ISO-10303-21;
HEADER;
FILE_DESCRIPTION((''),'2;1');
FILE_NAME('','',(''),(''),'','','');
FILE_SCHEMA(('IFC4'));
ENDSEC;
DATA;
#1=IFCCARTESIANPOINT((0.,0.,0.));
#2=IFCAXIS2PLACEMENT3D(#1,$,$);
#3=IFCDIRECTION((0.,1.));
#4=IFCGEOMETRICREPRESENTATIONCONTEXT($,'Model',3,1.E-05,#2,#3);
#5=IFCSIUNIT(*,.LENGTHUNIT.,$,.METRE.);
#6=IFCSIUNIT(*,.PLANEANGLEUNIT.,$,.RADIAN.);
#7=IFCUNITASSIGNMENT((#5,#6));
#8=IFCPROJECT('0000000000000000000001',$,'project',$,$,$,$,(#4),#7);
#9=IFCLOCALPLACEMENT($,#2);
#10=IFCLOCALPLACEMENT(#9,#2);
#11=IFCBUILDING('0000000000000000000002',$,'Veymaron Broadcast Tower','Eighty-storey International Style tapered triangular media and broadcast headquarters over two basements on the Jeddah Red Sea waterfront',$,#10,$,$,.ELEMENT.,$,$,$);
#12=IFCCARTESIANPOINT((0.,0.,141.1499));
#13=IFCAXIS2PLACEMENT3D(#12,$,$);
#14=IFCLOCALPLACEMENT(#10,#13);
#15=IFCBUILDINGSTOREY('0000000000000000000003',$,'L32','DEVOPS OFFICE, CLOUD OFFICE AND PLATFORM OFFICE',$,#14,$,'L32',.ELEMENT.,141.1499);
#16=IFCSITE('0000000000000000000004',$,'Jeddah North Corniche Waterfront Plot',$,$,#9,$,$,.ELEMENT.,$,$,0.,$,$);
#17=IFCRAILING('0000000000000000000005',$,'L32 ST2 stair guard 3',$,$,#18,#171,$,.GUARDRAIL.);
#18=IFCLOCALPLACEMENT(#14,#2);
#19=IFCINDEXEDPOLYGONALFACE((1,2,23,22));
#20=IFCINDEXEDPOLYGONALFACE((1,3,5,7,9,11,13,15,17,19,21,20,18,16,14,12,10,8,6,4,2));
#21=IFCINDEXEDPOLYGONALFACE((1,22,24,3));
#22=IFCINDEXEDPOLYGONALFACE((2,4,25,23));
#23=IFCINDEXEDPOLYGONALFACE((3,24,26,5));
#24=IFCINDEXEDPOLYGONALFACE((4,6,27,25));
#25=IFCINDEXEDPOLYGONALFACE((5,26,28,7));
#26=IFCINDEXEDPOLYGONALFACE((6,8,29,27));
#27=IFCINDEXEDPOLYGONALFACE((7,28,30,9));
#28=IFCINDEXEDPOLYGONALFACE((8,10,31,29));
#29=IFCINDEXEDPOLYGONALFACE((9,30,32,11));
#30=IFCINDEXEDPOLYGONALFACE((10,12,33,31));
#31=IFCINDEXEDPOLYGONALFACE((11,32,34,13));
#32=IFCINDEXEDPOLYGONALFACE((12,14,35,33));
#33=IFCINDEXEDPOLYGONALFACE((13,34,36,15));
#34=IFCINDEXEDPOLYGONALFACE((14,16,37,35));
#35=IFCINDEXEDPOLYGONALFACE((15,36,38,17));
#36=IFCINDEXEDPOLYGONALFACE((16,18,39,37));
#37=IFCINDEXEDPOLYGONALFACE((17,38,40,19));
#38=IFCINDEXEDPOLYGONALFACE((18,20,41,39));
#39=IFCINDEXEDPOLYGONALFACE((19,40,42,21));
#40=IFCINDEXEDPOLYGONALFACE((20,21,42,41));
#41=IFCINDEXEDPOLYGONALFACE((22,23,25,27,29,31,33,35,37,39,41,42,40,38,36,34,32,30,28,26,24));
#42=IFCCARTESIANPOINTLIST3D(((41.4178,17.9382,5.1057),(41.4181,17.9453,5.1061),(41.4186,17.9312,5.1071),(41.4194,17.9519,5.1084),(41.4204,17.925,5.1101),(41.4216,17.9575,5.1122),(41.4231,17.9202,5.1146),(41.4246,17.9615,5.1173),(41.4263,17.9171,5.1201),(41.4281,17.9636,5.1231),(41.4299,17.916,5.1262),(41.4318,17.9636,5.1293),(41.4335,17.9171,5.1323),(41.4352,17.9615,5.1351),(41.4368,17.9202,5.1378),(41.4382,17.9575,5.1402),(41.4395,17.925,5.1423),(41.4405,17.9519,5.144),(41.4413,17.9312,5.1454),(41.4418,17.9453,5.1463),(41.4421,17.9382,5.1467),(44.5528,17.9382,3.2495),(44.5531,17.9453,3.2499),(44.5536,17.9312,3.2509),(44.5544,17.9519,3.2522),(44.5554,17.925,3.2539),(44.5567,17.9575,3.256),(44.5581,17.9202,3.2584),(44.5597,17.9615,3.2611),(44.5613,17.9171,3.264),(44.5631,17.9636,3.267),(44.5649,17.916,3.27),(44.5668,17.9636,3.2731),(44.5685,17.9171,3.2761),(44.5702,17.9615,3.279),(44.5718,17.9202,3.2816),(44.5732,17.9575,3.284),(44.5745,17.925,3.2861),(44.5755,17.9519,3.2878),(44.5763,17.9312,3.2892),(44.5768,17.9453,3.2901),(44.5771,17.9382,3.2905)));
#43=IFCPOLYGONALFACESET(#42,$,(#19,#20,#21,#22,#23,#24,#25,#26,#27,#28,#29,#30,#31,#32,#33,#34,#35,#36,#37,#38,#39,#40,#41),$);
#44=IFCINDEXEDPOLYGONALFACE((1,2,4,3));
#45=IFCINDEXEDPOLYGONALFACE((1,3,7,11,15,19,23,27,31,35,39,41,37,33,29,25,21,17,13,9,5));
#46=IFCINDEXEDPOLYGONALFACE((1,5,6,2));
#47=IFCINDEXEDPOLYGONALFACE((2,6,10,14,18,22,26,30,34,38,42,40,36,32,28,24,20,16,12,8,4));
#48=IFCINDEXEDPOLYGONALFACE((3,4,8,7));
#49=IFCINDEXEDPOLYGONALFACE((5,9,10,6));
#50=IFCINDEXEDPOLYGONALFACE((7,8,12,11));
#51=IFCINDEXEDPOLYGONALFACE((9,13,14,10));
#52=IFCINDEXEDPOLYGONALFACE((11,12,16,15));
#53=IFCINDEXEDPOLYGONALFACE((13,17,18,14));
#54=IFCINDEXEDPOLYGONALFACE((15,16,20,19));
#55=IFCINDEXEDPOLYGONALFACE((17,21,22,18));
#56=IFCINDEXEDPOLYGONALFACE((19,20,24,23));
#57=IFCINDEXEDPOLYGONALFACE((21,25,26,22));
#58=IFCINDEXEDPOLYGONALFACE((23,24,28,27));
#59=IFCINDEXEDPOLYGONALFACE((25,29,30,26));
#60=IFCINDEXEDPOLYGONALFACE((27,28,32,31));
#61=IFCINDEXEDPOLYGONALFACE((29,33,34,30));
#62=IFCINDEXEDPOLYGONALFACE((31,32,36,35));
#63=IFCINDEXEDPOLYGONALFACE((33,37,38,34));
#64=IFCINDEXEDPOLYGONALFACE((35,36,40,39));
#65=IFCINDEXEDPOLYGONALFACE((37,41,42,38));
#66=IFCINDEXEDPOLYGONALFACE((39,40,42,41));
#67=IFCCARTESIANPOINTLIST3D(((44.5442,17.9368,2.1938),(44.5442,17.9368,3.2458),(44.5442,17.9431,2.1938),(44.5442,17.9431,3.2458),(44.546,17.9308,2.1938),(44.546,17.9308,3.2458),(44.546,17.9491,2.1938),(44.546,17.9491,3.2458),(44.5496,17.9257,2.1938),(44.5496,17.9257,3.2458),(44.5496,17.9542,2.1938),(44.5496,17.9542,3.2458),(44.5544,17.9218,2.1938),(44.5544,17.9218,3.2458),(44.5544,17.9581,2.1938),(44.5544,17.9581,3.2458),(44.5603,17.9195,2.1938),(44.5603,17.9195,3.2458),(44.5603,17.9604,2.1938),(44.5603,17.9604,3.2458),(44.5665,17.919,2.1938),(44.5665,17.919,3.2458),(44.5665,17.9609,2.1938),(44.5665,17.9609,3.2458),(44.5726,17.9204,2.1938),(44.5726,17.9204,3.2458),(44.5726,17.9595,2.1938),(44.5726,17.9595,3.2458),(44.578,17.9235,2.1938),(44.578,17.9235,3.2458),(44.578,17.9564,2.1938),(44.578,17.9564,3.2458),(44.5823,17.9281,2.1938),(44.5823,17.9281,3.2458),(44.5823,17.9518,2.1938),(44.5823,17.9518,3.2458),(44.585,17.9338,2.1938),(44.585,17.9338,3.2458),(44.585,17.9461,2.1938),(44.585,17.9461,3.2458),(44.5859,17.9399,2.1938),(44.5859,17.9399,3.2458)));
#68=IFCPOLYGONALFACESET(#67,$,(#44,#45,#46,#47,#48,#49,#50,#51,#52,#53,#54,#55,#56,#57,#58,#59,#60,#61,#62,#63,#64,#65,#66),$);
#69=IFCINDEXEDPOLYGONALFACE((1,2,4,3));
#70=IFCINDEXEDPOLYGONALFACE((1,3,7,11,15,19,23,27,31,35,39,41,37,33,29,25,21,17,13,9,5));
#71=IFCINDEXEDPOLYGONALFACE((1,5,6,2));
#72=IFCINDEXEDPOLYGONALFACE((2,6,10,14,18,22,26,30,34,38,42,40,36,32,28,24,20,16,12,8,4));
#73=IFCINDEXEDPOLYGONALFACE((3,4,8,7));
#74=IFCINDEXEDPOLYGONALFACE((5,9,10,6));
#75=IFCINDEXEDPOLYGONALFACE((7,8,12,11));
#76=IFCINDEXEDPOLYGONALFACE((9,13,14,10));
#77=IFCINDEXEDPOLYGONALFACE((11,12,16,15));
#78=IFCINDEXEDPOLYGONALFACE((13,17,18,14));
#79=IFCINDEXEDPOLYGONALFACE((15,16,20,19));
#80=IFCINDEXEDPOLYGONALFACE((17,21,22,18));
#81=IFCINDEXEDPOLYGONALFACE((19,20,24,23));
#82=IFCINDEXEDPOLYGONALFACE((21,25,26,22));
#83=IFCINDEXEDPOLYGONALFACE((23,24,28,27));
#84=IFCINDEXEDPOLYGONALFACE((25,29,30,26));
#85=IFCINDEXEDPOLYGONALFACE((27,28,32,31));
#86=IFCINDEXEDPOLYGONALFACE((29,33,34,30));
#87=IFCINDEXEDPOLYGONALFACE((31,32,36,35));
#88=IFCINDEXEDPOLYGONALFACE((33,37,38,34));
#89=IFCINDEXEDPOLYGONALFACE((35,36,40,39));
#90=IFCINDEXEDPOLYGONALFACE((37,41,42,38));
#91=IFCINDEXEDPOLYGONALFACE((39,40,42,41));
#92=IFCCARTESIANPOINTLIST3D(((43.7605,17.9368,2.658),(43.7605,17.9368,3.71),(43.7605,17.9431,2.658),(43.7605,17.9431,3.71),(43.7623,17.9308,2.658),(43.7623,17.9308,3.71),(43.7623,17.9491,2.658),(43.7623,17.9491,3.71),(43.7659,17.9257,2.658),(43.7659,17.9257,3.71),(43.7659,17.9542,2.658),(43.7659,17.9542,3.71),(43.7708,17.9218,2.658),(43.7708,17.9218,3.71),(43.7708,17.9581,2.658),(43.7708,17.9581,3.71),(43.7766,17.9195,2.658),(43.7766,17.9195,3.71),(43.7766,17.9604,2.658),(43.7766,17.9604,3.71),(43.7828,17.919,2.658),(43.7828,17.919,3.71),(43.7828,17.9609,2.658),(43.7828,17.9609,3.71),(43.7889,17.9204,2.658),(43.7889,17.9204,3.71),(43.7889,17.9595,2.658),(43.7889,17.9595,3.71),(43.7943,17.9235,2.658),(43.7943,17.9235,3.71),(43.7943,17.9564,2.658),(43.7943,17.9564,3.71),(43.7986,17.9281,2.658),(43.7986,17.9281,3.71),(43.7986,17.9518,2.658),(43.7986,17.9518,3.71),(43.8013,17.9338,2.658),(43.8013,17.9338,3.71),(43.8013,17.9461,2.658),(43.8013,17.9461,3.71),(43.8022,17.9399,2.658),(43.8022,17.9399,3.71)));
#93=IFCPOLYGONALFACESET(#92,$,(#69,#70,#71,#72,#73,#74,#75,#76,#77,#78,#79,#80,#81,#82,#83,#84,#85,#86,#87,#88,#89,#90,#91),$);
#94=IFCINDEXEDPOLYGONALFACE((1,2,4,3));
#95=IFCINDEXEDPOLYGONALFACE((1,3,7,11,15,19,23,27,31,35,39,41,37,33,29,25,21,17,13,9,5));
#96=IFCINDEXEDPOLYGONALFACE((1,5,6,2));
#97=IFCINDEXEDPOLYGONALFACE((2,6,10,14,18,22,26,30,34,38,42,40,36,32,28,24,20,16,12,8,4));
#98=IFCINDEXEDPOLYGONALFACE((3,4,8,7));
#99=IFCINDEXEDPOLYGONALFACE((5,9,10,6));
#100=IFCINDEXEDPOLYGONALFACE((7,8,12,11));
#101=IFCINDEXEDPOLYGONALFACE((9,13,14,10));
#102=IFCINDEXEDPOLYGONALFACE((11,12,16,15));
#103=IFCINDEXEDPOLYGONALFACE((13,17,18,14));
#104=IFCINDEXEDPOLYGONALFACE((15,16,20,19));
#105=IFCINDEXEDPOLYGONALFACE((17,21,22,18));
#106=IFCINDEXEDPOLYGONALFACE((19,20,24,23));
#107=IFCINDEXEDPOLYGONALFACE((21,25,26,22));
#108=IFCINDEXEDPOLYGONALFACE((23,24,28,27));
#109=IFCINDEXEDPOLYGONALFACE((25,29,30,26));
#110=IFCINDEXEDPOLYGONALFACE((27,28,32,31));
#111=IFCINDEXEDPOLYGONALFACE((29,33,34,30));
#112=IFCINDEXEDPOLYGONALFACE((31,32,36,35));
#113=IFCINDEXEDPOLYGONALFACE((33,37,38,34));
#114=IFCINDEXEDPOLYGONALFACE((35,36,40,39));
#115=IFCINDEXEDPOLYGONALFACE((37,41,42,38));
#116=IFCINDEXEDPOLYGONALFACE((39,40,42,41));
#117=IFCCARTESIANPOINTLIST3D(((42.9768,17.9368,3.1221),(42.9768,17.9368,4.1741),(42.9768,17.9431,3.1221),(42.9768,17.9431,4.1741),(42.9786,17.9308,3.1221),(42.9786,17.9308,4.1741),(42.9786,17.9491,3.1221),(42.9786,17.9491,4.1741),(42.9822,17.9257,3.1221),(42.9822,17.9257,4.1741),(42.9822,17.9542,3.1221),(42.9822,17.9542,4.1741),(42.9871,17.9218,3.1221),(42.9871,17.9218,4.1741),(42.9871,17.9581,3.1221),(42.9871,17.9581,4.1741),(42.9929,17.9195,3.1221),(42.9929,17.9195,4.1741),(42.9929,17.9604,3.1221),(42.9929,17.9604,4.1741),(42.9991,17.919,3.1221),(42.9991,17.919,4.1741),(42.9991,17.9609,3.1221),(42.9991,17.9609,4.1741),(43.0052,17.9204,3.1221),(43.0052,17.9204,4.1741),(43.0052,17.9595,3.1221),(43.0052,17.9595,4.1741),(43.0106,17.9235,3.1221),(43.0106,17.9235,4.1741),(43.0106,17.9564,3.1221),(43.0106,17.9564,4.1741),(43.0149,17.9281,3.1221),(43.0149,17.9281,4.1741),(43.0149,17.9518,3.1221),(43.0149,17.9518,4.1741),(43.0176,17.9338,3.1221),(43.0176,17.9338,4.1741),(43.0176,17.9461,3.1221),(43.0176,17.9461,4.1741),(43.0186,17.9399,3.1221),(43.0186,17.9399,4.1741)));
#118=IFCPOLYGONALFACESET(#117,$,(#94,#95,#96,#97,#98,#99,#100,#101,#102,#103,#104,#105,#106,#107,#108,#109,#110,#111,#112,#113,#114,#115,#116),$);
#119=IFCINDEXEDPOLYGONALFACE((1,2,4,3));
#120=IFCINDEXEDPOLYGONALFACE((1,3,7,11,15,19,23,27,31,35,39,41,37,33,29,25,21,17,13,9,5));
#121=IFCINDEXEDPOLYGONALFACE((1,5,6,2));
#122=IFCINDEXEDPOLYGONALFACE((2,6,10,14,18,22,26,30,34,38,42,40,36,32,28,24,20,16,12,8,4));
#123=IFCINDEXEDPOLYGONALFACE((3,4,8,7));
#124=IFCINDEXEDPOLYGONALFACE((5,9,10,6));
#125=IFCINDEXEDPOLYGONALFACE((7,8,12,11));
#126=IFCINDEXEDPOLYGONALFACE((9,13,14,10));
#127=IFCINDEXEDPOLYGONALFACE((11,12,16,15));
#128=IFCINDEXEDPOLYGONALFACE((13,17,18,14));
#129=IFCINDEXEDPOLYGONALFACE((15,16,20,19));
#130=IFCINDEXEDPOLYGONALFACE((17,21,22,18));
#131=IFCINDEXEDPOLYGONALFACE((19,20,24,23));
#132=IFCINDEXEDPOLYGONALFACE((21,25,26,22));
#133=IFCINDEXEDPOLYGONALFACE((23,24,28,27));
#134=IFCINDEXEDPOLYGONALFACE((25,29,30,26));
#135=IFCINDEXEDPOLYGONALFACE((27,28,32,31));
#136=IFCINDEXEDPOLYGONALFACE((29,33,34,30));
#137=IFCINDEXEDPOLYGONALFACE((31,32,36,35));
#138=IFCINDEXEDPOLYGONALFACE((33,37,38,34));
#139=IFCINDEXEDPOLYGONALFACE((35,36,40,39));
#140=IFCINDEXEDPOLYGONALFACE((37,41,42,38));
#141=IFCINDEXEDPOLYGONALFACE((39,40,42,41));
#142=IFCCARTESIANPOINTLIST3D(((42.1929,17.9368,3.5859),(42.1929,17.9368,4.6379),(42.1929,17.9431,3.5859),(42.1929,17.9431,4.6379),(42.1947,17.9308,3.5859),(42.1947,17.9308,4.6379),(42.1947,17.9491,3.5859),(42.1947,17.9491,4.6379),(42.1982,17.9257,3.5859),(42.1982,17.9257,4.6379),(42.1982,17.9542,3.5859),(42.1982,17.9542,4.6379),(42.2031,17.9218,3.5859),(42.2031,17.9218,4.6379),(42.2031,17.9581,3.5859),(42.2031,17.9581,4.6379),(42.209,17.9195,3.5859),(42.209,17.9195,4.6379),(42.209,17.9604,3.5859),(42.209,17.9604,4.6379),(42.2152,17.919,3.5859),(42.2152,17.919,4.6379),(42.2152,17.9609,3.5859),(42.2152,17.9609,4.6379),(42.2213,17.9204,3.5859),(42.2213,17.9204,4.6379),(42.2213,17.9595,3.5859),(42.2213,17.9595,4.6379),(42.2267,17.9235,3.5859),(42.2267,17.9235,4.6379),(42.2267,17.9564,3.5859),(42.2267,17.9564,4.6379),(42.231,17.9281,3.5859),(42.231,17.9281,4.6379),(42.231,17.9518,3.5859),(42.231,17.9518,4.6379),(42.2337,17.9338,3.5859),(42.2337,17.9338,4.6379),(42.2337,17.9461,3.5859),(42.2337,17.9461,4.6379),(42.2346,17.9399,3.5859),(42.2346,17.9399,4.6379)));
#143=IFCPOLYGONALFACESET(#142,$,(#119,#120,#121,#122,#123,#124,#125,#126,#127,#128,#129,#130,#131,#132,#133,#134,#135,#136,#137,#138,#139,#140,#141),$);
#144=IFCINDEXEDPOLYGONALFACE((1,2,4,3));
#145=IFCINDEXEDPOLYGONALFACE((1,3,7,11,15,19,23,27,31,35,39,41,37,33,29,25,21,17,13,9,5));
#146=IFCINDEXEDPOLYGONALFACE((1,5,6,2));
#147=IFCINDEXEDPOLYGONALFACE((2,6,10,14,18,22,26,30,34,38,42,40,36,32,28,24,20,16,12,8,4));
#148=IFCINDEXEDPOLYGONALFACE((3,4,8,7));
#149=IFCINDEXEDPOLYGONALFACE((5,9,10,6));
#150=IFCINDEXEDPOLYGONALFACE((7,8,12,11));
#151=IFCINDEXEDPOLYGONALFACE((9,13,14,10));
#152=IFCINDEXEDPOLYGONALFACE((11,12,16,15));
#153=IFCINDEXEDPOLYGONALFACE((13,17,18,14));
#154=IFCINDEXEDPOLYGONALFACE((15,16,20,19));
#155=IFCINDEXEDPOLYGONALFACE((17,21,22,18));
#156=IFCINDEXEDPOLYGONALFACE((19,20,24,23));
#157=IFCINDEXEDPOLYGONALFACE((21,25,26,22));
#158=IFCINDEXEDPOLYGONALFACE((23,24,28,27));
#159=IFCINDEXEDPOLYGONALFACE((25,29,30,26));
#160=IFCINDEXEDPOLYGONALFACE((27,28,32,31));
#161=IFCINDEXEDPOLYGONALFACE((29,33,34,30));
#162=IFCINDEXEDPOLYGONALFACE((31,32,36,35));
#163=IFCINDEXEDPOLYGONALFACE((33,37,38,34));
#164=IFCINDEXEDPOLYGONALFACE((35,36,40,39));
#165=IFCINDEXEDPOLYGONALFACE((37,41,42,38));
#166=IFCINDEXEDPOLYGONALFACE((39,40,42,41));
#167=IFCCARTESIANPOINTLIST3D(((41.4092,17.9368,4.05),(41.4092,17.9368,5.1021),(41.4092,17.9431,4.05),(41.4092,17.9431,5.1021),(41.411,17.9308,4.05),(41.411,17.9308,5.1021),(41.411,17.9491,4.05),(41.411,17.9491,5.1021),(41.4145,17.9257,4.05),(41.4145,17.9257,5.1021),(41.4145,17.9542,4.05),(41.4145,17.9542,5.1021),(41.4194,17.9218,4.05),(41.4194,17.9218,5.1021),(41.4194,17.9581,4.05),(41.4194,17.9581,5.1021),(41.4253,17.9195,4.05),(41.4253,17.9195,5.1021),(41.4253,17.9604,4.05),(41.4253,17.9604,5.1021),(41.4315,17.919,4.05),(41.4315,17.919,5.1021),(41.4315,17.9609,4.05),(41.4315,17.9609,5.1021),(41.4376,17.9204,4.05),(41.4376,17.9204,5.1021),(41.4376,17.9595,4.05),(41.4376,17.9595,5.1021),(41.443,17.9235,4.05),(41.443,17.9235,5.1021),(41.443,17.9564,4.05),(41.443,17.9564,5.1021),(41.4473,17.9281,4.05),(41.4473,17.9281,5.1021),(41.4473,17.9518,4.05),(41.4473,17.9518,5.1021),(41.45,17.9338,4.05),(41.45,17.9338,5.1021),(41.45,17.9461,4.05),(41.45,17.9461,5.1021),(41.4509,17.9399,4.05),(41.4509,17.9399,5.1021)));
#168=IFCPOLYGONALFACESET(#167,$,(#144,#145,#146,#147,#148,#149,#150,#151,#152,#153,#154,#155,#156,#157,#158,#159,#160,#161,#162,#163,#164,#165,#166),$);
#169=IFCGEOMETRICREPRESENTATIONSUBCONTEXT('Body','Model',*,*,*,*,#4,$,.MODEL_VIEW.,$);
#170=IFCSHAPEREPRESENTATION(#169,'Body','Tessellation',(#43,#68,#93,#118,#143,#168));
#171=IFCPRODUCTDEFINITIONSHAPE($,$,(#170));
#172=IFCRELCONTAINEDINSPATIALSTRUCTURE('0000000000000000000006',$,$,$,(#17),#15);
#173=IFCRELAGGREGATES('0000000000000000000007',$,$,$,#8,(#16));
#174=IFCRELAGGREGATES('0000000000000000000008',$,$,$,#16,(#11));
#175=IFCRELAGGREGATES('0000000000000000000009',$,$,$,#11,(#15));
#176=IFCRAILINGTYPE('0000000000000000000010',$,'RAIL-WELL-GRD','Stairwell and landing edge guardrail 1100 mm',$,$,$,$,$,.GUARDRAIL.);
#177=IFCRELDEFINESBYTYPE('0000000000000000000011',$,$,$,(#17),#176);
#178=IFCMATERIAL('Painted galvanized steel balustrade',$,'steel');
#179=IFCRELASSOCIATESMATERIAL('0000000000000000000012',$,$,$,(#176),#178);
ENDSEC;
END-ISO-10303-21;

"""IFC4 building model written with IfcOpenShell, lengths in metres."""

from ifc_helpers import new_model, si_unit, direction, frame, origin, origin_2d, place, context, subcontext, project, spatial, circle, extrude, material, type_object, element, save


model = new_model("IFC4")

# Units and contexts
model_context = context("Model", 3, precision=1e-05, world=origin(), true_north=direction((0.0, 1.0)))
body_context = subcontext(model_context, "Body", "Model", "MODEL_VIEW")
ifc_project = project(units=[si_unit("LENGTHUNIT", "METRE"), si_unit("PLANEANGLEUNIT", "RADIAN")], contexts=[model_context])

# Site, building, storey
site_placement = place(None, origin())
site = spatial("IfcSite", under=ifc_project, at=site_placement, Name="Jeddah North Corniche Waterfront Plot", CompositionType="ELEMENT", RefElevation=0.0)
building_placement = place(site_placement, origin())
building = spatial("IfcBuilding", under=site, at=building_placement, Name="Veymaron Broadcast Tower", Description="Eighty-storey International Style tapered triangular media and broadcast headquarters over two basements on the Jeddah Red Sea waterfront", CompositionType="ELEMENT")
storey_placement = place(building_placement, frame((0.0, 0.0, 141.1499)))
storey = spatial("IfcBuildingStorey", under=building, at=storey_placement, Name="L32", Description="DEVOPS OFFICE, CLOUD OFFICE AND PLATFORM OFFICE", LongName="L32", CompositionType="ELEMENT", Elevation=141.1499)

# Railing
ifc_material_1 = material(Name="Painted galvanized steel balustrade", Category="steel")
railing_type_1 = type_object("IfcRailingType", Name="RAIL-WELL-GRD", Description="Stairwell and landing edge guardrail 1100 mm", PredefinedType="GUARDRAIL", material=ifc_material_1)
railing_1_placement = place(storey_placement, frame((44.5649, 17.9399, 2.1938)))
element("IfcRailing", 1, at=railing_1_placement, inside=storey, type_object=railing_type_1, Name="L32 ST2 stair guard 3", PredefinedType="GUARDRAIL", context=body_context, shape_type="SweptSolid", body=[
    extrude(circle(Radius=0.0239, at=origin_2d()), frame((0.0, 0.0, 1.0762), z_axis=(-0.860482, 0.0, 0.509481), x_axis=(0.0, -1.0, 0.0)), (0.0, 0.0, 1.0), 3.6433),
    extrude(circle(Radius=0.021, at=origin_2d()), origin(), (0.0, 0.0, 1.0), 1.052),
    extrude(circle(Radius=0.021, at=origin_2d()), frame((-0.7837, 0.0, 0.4641)), (0.0, 0.0, 1.0), 1.052),
    extrude(circle(Radius=0.021, at=origin_2d()), frame((-1.5674, 0.0, 0.9282)), (0.0, 0.0, 1.0), 1.052),
    extrude(circle(Radius=0.021, at=origin_2d()), frame((-2.3513, 0.0, 1.3921)), (0.0, 0.0, 1.0), 1.052),
    extrude(circle(Radius=0.021, at=origin_2d()), frame((-3.135, 0.0, 1.8562)), (0.0, 0.0, 1.0), 1.052),
])

save(model, "model.ifc")
